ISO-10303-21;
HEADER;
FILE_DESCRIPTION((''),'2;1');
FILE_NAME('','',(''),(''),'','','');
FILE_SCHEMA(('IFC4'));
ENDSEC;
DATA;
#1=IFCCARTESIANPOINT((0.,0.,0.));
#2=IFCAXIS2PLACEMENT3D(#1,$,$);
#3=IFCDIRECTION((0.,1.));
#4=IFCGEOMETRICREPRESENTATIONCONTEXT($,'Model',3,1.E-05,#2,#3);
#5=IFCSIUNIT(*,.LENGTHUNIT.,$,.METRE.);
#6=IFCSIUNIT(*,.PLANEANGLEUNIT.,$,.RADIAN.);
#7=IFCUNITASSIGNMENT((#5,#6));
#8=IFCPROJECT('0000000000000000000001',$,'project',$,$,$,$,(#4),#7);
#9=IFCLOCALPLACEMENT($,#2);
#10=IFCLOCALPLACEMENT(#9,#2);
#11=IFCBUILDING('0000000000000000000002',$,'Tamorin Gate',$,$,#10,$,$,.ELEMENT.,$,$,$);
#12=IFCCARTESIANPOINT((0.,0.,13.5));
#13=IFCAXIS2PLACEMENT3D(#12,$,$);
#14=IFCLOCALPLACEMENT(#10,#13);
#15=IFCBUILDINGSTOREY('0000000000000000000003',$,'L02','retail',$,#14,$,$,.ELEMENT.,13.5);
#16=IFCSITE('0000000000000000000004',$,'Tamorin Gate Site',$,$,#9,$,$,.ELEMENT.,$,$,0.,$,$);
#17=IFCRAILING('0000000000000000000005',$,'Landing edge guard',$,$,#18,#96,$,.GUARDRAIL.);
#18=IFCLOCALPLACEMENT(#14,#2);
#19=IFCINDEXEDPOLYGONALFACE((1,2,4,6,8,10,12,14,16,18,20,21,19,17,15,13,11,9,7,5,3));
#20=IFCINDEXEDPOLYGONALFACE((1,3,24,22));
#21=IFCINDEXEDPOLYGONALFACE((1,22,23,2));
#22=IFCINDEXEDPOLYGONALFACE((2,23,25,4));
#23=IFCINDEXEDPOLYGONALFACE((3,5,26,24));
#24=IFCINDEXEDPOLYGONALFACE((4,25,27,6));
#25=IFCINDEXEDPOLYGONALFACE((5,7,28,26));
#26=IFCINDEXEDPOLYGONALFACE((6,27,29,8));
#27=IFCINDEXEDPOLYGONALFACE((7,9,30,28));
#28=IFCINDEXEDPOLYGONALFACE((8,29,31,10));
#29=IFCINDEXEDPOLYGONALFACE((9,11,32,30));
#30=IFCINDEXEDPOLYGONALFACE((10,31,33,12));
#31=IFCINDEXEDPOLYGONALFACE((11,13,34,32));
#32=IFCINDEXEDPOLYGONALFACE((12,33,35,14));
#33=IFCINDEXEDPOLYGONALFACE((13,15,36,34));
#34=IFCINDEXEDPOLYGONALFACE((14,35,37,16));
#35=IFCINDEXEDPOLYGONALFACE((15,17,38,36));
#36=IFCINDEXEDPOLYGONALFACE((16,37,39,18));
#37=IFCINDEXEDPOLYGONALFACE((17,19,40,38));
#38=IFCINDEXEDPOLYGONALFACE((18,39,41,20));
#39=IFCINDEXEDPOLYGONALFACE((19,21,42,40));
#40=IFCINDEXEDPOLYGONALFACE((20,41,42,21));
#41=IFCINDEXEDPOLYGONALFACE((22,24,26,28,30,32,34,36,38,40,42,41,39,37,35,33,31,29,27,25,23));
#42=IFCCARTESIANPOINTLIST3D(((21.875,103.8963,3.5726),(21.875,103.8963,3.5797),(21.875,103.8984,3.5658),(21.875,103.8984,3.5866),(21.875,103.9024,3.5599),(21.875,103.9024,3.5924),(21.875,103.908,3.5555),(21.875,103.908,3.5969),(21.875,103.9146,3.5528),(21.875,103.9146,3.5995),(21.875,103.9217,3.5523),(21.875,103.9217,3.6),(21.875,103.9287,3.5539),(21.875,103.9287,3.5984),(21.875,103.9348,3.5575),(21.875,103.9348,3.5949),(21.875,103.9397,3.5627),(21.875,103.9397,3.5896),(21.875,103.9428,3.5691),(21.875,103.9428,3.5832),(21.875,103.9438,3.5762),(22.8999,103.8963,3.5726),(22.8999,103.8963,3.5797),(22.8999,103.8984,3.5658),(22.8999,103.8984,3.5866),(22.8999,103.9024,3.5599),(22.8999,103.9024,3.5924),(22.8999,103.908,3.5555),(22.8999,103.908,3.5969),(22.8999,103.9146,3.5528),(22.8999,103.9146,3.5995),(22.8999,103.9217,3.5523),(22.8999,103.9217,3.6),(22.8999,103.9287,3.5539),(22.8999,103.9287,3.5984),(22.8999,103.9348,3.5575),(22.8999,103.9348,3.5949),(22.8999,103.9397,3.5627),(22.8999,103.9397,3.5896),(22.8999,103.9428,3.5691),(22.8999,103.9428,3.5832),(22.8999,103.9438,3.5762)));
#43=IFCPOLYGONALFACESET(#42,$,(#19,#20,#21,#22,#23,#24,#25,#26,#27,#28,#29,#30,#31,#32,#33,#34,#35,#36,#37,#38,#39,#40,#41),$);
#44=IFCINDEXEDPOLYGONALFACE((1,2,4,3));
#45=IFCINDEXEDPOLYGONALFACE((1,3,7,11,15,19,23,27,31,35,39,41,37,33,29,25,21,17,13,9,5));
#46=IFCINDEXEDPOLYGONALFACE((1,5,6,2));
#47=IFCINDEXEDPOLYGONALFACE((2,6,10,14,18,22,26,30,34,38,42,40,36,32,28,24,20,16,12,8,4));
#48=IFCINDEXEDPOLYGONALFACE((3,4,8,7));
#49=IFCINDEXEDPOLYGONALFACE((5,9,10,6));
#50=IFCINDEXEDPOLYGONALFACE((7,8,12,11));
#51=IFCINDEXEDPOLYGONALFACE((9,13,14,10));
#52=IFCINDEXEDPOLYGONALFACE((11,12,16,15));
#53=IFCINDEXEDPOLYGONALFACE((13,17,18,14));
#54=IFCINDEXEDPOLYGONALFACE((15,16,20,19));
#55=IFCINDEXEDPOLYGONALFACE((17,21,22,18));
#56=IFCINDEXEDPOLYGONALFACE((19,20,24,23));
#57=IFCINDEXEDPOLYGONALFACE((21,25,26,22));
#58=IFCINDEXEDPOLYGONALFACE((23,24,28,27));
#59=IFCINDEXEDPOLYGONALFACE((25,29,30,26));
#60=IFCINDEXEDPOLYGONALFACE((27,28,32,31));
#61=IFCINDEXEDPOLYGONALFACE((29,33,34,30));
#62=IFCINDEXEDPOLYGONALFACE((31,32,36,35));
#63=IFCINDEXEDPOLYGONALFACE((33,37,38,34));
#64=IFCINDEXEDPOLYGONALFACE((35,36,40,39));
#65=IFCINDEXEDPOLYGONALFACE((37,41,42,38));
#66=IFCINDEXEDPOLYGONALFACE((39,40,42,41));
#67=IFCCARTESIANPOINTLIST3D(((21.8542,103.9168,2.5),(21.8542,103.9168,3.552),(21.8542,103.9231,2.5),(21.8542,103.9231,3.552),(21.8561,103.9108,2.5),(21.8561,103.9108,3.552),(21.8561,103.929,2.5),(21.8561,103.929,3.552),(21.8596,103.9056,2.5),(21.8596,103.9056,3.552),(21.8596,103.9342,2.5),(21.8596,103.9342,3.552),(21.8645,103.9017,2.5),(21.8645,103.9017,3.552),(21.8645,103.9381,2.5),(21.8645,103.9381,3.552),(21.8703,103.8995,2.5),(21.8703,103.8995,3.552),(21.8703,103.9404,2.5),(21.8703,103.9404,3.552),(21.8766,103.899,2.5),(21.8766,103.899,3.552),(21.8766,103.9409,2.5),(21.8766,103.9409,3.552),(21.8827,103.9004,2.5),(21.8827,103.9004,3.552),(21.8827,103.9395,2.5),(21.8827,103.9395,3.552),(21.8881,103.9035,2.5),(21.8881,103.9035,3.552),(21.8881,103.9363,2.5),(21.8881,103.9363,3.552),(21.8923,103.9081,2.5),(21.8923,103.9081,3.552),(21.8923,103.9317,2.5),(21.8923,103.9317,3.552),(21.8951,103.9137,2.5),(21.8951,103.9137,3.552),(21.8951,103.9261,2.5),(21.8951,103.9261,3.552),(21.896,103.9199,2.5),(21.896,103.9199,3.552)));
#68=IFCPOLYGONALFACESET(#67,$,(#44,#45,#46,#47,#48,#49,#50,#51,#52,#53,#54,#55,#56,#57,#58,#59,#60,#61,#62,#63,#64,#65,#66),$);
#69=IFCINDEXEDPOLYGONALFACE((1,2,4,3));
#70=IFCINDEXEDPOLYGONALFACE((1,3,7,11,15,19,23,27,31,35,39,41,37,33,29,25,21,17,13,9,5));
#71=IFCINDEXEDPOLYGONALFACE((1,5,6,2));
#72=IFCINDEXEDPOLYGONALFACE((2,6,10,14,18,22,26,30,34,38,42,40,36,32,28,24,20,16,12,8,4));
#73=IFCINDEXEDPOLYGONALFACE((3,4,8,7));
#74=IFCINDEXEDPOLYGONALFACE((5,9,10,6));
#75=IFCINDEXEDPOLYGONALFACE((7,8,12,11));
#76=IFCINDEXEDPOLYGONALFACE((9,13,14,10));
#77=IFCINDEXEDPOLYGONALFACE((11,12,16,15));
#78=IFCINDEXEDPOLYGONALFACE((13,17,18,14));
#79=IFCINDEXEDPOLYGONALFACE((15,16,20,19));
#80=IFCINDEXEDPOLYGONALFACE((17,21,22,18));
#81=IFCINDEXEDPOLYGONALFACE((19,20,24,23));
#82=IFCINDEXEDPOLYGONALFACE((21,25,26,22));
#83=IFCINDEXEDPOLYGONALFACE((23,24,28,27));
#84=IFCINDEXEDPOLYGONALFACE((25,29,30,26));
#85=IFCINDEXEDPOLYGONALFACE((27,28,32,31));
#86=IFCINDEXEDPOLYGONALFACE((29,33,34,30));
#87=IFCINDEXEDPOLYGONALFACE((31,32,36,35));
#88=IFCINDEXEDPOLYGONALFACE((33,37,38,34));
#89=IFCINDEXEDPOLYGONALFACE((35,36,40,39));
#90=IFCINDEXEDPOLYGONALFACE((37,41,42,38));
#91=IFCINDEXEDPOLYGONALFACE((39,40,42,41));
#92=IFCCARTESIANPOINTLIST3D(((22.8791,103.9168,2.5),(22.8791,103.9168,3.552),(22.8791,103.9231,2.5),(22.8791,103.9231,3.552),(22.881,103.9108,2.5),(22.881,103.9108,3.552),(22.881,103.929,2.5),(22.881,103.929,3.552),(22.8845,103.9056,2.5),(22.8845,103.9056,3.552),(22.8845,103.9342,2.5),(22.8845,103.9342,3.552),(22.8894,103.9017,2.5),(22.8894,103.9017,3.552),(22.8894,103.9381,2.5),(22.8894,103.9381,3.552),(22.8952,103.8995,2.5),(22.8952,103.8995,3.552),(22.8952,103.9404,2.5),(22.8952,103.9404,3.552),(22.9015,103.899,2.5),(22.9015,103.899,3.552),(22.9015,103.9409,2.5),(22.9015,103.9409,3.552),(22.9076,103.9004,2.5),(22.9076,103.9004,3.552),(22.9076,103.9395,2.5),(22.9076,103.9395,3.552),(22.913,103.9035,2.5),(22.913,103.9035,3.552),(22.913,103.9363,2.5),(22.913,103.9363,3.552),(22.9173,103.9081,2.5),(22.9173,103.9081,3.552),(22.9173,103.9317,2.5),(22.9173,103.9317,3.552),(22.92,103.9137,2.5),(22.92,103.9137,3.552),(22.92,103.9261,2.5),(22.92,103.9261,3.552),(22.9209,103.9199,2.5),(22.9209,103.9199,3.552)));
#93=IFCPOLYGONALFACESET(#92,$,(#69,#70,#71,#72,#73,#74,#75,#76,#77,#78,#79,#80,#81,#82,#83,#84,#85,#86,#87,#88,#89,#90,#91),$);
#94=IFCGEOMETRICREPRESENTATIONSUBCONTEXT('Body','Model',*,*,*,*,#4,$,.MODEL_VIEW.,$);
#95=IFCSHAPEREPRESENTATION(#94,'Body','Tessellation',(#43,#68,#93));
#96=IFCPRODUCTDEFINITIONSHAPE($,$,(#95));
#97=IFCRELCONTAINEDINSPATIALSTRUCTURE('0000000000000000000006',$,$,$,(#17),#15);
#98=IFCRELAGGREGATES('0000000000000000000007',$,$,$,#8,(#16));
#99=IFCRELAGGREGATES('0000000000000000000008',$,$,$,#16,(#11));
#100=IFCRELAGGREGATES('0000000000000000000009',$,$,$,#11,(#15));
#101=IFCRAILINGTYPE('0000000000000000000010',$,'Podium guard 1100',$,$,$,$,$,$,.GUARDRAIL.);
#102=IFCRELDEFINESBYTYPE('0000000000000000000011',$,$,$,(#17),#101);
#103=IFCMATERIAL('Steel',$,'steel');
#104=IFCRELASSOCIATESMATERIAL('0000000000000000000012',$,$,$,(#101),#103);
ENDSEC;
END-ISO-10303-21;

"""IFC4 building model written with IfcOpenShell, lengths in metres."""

from ifc_helpers import new_model, si_unit, direction, frame, origin, origin_2d, place, context, subcontext, project, spatial, circle, extrude, material, type_object, element, save


model = new_model("IFC4")

# Units and contexts
model_context = context("Model", 3, precision=1e-05, world=origin(), true_north=direction((0.0, 1.0)))
body_context = subcontext(model_context, "Body", "Model", "MODEL_VIEW")
ifc_project = project(units=[si_unit("LENGTHUNIT", "METRE"), si_unit("PLANEANGLEUNIT", "RADIAN")], contexts=[model_context])

# Site, building, storey
site_placement = place(None, origin())
site = spatial("IfcSite", under=ifc_project, at=site_placement, Name="Tamorin Gate Site", CompositionType="ELEMENT", RefElevation=0.0)
building_placement = place(site_placement, origin())
building = spatial("IfcBuilding", under=site, at=building_placement, Name="Tamorin Gate", CompositionType="ELEMENT")
storey_placement = place(building_placement, frame((0.0, 0.0, 13.5)))
storey = spatial("IfcBuildingStorey", under=building, at=storey_placement, Name="L02", Description="retail", CompositionType="ELEMENT", Elevation=13.5)

# Railing
ifc_material_1 = material(Name="Steel", Category="steel")
railing_type = type_object("IfcRailingType", Name="Podium guard 1100", PredefinedType="GUARDRAIL", material=ifc_material_1)
railing_1_placement = place(storey_placement, frame((21.875, 103.9199, 2.5)))
element("IfcRailing", 1, at=railing_1_placement, inside=storey, type_object=railing_type, Name="Landing edge guard", PredefinedType="GUARDRAIL", context=body_context, shape_type="SweptSolid", body=[
    extrude(circle(Radius=0.0239, at=origin_2d()), frame((0.0, 0.0, 1.0762), z_axis=(1.0, 0.0, 0.0), x_axis=(0.0, 1.0, 0.0)), (0.0, 0.0, 1.0), 1.0249),
    extrude(circle(Radius=0.021, at=origin_2d()), origin(), (0.0, 0.0, 1.0), 1.052),
    extrude(circle(Radius=0.021, at=origin_2d()), frame((1.0249, 0.0, 0.0)), (0.0, 0.0, 1.0), 1.052),
])

save(model, "model.ifc")
